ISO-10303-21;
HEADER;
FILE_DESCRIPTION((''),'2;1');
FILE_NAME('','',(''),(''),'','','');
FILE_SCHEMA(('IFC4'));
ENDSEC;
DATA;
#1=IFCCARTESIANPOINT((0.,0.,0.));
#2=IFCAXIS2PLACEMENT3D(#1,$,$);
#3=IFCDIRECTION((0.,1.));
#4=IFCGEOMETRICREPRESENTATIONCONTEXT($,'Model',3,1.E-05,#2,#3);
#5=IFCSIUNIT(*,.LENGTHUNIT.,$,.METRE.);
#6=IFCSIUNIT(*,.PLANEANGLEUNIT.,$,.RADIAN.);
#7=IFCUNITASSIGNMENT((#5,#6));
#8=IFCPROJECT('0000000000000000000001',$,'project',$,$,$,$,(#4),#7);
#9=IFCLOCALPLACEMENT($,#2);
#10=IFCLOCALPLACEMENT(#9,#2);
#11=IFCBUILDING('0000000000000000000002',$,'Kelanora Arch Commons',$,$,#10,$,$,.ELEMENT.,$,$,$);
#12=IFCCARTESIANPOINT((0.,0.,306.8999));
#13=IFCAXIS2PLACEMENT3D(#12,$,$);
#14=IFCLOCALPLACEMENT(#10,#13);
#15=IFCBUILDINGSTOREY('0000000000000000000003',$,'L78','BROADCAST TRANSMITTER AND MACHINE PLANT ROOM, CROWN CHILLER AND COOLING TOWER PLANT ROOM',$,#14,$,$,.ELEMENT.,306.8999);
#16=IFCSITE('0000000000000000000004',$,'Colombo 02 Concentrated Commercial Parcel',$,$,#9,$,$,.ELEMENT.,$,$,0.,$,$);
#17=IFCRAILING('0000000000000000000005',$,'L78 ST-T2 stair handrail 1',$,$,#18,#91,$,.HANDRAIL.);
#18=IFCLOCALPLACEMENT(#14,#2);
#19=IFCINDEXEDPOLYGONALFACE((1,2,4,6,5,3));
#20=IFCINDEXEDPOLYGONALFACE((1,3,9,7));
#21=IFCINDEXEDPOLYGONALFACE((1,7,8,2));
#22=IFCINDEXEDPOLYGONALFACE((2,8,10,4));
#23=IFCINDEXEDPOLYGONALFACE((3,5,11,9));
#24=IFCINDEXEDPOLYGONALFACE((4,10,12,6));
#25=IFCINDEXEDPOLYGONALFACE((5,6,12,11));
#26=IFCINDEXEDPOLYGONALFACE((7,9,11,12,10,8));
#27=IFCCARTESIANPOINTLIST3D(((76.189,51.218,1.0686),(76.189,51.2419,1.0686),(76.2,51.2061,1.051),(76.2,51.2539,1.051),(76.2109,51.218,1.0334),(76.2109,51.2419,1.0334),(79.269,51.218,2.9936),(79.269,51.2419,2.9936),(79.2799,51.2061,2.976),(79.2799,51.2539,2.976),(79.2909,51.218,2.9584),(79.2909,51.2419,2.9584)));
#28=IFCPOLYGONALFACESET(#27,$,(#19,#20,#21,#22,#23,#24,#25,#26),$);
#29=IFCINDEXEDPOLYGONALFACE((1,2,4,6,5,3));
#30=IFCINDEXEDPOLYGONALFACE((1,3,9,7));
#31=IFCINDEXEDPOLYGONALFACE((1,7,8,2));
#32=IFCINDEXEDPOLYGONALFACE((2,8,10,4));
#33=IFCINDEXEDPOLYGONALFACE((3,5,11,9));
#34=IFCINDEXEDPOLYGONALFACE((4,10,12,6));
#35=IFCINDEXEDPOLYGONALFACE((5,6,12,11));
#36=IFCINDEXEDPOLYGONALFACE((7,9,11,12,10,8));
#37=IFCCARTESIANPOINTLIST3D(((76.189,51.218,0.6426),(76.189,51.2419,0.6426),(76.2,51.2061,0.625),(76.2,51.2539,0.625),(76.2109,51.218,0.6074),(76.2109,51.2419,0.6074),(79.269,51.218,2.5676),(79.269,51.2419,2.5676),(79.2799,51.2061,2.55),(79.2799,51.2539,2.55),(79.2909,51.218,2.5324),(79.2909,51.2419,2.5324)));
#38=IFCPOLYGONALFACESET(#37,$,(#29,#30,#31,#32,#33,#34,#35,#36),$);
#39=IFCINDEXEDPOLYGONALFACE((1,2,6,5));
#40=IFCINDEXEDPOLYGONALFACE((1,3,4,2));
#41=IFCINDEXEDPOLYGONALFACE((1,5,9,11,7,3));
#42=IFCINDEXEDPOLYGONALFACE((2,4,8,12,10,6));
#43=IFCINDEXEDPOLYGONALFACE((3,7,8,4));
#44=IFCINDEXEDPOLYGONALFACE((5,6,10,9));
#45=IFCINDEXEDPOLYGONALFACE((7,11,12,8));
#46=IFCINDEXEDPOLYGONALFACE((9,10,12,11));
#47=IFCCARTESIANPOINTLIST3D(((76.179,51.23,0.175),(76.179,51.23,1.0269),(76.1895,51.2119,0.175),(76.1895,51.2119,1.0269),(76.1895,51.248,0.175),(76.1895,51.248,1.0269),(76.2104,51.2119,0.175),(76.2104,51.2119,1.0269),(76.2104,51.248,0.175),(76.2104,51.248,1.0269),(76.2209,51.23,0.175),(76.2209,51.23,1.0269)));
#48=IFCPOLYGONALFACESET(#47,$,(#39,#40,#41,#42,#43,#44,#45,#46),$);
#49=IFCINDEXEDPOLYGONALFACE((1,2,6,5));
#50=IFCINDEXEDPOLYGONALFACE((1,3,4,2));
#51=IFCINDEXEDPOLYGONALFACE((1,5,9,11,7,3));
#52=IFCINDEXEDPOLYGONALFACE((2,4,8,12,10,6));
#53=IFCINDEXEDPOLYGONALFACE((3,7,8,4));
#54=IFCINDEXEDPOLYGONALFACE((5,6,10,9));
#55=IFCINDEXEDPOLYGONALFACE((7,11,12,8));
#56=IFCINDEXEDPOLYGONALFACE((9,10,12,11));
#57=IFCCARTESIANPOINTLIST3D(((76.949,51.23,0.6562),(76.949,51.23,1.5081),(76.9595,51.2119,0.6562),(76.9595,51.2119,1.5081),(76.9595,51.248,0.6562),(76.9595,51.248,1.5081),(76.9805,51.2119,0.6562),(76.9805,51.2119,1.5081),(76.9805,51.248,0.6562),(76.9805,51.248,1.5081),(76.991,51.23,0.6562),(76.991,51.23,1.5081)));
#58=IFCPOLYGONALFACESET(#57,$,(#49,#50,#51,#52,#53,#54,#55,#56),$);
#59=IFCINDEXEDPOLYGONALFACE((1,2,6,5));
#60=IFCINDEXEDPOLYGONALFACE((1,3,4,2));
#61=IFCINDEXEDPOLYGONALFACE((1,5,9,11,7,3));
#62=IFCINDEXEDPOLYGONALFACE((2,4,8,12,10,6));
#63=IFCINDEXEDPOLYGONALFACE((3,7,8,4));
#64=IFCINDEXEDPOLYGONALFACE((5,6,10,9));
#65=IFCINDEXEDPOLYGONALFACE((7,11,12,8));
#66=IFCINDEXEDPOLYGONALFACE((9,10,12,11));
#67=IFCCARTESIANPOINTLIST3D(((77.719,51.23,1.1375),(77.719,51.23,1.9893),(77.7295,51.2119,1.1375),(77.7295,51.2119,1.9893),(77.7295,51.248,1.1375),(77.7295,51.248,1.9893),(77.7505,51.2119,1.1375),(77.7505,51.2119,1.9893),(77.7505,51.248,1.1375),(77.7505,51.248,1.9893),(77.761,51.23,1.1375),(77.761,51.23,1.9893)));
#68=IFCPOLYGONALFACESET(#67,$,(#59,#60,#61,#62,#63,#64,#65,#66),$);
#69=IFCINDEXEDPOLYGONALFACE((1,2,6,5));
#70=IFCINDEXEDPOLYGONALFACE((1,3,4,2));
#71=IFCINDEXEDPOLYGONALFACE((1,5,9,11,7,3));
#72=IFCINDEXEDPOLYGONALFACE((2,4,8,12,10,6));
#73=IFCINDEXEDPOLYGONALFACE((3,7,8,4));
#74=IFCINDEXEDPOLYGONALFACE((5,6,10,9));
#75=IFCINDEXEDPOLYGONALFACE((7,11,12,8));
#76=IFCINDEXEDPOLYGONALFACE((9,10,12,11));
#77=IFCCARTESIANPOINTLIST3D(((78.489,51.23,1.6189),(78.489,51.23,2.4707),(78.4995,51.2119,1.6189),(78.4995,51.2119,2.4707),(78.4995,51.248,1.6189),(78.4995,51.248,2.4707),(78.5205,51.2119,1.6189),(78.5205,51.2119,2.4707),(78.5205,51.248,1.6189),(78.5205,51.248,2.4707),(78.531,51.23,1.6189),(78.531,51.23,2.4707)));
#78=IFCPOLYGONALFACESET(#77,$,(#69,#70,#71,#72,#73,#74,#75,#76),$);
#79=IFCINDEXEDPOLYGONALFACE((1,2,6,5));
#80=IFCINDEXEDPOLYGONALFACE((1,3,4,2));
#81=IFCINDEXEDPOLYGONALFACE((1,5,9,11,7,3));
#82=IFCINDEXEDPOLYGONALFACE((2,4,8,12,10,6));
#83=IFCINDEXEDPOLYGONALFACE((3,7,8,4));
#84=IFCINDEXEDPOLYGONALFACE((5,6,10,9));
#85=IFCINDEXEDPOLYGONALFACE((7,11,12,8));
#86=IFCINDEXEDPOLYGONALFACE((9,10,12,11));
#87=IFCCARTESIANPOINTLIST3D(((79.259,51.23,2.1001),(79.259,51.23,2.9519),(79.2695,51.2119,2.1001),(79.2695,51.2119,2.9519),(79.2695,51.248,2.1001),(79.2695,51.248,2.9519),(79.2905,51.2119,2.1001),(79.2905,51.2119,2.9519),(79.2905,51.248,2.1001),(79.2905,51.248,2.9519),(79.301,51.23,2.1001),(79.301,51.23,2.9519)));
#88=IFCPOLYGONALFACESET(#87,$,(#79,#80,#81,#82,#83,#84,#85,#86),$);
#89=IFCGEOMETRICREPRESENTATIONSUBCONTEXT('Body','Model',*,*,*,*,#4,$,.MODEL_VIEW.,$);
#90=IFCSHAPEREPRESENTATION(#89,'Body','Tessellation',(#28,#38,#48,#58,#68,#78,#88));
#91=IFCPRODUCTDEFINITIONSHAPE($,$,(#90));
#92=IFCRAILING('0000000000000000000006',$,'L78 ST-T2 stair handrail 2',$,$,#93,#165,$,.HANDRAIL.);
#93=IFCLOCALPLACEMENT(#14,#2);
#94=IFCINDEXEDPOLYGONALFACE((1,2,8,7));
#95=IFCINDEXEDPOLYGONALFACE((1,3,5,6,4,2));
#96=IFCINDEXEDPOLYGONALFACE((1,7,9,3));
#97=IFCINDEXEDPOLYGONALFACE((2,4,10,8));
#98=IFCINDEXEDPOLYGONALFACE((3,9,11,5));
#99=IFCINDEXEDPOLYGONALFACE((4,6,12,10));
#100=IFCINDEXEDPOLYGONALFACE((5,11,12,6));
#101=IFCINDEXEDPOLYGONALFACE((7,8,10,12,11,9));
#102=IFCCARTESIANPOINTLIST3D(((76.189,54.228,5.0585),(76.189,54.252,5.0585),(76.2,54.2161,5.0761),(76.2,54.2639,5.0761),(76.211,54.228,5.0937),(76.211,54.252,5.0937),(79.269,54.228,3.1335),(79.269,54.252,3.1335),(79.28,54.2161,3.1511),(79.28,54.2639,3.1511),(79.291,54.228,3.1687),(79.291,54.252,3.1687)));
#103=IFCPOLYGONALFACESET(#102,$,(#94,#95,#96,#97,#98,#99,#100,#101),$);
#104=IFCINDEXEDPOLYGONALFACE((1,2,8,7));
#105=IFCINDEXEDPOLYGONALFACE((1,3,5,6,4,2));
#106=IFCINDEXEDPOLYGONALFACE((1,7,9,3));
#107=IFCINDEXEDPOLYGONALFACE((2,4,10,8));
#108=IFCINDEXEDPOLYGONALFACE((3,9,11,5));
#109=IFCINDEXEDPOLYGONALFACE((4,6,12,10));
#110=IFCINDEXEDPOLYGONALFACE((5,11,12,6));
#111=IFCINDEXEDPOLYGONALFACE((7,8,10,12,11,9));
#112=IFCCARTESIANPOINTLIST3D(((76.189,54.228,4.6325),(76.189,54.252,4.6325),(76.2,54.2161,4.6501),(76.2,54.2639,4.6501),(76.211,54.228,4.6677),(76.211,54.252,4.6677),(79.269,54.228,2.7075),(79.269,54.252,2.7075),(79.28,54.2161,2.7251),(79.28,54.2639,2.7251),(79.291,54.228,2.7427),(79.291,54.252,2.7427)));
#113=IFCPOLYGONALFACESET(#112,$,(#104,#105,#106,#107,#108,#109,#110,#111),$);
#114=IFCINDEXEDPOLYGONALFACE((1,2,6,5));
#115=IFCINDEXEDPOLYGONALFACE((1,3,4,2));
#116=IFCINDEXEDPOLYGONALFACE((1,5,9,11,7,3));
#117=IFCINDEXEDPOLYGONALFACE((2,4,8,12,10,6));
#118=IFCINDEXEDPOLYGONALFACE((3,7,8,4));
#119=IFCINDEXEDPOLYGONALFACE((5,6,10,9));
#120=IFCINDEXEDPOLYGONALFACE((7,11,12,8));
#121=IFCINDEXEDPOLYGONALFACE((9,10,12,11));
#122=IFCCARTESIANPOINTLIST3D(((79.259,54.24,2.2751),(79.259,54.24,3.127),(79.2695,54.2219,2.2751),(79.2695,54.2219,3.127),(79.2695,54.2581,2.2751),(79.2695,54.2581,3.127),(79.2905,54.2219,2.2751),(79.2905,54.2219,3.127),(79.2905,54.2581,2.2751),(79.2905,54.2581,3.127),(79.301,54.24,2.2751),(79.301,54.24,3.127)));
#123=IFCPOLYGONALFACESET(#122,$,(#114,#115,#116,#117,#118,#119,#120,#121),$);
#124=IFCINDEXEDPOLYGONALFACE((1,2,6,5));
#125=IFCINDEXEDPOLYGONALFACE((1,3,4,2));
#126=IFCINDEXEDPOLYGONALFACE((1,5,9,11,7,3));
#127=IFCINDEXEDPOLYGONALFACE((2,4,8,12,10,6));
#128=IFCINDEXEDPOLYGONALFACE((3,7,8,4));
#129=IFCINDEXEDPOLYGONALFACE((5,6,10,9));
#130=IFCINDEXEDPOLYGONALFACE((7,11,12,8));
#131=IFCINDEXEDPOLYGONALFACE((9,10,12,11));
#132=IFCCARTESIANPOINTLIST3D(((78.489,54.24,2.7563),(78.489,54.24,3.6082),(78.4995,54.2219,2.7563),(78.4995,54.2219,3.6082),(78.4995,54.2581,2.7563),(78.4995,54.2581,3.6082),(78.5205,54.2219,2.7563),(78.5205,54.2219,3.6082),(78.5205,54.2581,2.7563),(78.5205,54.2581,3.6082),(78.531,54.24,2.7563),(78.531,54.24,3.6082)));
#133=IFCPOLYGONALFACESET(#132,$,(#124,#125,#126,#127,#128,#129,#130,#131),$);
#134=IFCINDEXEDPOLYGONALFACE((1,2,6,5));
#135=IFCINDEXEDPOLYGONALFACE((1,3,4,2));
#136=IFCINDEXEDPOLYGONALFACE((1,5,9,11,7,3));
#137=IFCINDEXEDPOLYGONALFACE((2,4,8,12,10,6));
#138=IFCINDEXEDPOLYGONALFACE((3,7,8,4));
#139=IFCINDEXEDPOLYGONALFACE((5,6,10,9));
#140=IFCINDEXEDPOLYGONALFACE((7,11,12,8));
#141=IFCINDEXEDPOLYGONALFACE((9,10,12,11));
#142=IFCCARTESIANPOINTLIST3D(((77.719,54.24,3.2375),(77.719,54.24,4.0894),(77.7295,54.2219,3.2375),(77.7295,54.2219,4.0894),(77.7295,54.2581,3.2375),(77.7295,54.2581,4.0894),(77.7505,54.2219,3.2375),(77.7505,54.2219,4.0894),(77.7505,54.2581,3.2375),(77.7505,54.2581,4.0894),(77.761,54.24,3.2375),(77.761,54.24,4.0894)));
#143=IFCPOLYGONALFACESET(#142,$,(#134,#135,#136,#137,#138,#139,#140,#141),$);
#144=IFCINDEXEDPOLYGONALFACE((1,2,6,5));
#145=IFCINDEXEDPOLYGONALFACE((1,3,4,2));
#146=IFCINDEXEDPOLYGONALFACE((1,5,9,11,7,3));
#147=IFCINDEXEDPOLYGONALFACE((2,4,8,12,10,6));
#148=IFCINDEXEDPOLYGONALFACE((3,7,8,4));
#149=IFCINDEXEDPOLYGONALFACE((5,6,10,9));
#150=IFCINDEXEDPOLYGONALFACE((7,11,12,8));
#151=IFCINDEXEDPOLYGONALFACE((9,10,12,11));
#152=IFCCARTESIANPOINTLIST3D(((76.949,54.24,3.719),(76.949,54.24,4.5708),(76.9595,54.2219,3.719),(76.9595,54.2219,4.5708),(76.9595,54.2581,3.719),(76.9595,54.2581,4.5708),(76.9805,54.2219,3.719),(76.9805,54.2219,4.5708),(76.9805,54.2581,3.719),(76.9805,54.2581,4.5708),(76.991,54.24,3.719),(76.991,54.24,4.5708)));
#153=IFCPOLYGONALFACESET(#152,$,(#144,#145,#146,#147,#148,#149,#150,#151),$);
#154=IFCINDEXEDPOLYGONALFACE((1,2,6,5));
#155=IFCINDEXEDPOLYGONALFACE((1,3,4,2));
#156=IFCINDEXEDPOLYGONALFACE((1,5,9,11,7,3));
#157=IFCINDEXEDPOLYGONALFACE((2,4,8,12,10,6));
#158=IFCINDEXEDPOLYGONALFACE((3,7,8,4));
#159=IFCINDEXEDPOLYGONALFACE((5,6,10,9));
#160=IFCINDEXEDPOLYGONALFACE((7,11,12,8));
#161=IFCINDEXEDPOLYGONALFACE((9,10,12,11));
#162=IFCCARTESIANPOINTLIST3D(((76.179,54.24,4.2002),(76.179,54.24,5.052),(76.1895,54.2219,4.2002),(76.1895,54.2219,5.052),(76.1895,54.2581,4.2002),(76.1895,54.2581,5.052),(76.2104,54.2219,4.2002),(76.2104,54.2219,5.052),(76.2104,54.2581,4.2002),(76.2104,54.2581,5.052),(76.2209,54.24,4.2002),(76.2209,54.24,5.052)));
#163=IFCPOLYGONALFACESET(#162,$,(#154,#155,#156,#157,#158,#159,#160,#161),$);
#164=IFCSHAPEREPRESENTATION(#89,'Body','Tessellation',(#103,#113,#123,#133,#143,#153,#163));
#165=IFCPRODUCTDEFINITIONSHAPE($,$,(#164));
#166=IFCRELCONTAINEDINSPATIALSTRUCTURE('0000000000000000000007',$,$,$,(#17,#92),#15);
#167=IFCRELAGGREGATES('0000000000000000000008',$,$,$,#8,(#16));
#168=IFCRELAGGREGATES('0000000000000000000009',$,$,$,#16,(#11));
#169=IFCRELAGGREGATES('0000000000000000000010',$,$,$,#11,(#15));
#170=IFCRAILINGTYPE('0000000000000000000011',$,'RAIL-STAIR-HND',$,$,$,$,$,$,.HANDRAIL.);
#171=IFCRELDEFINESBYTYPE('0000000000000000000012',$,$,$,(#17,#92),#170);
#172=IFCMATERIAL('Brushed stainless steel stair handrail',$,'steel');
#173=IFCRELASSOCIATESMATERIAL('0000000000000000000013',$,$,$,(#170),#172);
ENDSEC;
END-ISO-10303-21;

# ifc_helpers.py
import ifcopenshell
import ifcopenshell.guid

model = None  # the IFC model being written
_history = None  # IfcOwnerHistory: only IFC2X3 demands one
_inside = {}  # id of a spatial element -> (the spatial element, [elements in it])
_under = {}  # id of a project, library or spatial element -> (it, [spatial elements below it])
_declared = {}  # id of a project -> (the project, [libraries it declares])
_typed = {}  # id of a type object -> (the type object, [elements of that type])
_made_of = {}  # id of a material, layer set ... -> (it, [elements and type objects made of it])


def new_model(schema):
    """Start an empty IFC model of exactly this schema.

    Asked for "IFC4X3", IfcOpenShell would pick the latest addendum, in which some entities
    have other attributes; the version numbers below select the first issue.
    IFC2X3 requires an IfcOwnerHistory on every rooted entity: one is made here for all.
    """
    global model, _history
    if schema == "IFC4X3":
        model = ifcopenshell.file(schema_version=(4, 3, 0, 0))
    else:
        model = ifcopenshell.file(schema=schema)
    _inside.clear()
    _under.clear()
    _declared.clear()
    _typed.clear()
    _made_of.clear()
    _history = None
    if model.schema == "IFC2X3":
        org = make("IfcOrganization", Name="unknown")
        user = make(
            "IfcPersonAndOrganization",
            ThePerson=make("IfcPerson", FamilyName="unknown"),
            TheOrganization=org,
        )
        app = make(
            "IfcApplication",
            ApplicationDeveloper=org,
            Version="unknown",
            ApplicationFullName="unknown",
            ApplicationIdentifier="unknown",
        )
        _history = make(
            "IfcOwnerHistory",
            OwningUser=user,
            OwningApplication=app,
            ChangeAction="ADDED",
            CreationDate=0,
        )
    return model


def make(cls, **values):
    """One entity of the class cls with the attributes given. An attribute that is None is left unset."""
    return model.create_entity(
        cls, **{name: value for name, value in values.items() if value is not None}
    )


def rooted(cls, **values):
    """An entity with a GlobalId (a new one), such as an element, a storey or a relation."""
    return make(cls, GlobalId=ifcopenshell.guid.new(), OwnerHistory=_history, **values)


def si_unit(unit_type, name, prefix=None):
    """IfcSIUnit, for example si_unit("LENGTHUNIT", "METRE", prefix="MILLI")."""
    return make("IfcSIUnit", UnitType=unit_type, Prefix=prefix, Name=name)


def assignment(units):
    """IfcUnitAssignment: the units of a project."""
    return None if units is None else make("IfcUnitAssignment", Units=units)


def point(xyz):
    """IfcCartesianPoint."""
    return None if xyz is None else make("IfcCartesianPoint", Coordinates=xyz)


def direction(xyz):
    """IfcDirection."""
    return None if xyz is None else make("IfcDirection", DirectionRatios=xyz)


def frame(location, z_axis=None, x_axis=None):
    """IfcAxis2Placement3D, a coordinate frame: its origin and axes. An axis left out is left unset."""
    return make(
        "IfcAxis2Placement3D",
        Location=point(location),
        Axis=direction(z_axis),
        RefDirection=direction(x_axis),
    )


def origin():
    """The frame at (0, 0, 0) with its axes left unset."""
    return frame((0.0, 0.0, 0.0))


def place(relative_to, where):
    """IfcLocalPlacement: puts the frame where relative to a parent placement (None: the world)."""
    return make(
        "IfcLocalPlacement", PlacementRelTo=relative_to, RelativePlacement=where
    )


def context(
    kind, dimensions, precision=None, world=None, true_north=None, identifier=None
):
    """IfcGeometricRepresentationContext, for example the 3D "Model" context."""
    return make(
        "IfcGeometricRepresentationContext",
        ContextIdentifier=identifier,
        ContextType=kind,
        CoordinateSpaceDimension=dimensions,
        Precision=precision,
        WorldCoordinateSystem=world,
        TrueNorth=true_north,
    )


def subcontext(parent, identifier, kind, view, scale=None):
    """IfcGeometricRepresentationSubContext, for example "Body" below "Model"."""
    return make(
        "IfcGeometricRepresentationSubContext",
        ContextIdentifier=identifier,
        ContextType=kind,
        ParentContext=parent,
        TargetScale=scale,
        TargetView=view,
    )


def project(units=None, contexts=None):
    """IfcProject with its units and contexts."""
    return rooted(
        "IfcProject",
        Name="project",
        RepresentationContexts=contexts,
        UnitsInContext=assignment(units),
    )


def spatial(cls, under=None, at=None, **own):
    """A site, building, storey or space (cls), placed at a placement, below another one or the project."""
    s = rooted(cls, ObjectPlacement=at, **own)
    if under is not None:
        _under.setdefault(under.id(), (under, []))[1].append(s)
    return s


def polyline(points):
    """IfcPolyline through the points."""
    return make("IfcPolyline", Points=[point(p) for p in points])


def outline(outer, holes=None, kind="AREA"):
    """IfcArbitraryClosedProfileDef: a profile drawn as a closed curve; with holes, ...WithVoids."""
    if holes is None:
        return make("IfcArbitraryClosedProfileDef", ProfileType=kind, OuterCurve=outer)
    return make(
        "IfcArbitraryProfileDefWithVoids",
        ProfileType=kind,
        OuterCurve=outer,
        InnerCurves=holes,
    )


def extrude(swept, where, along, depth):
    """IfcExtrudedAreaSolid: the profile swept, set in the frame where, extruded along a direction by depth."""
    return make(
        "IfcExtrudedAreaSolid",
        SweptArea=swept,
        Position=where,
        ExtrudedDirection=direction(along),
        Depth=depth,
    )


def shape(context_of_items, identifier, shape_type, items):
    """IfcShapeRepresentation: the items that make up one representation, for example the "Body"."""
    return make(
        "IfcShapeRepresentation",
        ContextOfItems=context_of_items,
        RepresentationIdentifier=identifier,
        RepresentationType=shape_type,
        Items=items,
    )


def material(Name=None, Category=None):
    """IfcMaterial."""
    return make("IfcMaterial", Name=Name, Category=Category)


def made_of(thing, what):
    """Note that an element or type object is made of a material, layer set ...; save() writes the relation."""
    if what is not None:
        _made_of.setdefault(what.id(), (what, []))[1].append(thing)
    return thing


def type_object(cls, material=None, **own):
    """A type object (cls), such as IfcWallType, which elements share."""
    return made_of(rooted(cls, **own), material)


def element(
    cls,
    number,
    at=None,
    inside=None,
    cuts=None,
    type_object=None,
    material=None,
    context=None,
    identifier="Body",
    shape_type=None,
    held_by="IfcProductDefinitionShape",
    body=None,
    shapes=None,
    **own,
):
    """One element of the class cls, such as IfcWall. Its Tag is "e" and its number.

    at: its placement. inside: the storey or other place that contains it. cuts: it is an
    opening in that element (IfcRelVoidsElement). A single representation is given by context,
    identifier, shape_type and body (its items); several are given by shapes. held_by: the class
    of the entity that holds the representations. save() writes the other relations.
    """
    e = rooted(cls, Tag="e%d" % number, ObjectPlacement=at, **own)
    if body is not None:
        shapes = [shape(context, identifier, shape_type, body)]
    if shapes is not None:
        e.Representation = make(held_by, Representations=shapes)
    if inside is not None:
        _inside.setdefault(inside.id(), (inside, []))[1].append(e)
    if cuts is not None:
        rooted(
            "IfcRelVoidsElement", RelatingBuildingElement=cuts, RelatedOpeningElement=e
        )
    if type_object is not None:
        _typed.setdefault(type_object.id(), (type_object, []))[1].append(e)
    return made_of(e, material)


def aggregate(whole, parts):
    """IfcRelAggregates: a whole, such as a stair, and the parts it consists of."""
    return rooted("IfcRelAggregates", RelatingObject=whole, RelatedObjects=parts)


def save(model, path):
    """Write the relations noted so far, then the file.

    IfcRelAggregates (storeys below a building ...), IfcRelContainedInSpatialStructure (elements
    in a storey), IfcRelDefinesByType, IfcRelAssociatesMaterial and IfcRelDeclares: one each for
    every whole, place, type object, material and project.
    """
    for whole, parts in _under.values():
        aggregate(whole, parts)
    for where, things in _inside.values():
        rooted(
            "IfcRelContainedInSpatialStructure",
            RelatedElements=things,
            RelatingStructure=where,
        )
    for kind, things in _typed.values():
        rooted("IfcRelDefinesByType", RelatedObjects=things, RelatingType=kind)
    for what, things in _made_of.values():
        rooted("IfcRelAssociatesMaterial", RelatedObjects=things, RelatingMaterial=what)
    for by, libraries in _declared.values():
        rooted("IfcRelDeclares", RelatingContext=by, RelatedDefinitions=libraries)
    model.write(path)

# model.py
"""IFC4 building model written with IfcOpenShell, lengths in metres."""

from ifc_helpers import new_model, si_unit, direction, frame, origin, place, context, subcontext, project, spatial, polyline, outline, extrude, material, type_object, element, save


model = new_model("IFC4")

# Units and contexts
model_context = context("Model", 3, precision=1e-05, world=origin(), true_north=direction((0.0, 1.0)))
body_context = subcontext(model_context, "Body", "Model", "MODEL_VIEW")
ifc_project = project(units=[si_unit("LENGTHUNIT", "METRE"), si_unit("PLANEANGLEUNIT", "RADIAN")], contexts=[model_context])

# Site, building, storey
site_placement = place(None, origin())
site = spatial("IfcSite", under=ifc_project, at=site_placement, Name="Colombo 02 Concentrated Commercial Parcel", CompositionType="ELEMENT", RefElevation=0.0)
building_placement = place(site_placement, origin())
building = spatial("IfcBuilding", under=site, at=building_placement, Name="Kelanora Arch Commons", CompositionType="ELEMENT")
storey_placement = place(building_placement, frame((0.0, 0.0, 306.8999)))
storey = spatial("IfcBuildingStorey", under=building, at=storey_placement, Name="L78", Description="BROADCAST TRANSMITTER AND MACHINE PLANT ROOM, CROWN CHILLER AND COOLING TOWER PLANT ROOM", CompositionType="ELEMENT", Elevation=306.8999)

# Railings
ifc_material_1 = material(Name="Brushed stainless steel stair handrail", Category="steel")
railing_type_1 = type_object("IfcRailingType", Name="RAIL-STAIR-HND", PredefinedType="HANDRAIL", material=ifc_material_1)
railing_1_placement = place(storey_placement, frame((76.2, 51.23, 0.175)))
element("IfcRailing", 1, at=railing_1_placement, inside=storey, type_object=railing_type_1, Name="L78 ST-T2 stair handrail 1", PredefinedType="HANDRAIL", context=body_context, shape_type="SweptSolid", body=[
    extrude(outline(polyline([(0.0239, 0.0), (0.012, 0.0208), (-0.012, 0.0208), (-0.0239, 0.0), (-0.012, -0.0208), (0.012, -0.0208), (0.0239, 0.0)])), frame((0.0, 0.0, 0.876), z_axis=(0.847998, 0.0, 0.529999), x_axis=(0.0, 1.0, 0.0)), (0.0, 0.0, 1.0), 3.6321),
    extrude(outline(polyline([(0.0239, 0.0), (0.012, 0.0208), (-0.012, 0.0208), (-0.0239, 0.0), (-0.012, -0.0208), (0.012, -0.0208), (0.0239, 0.0)])), frame((0.0, 0.0, 0.45), z_axis=(0.847998, 0.0, 0.529999), x_axis=(0.0, 1.0, 0.0)), (0.0, 0.0, 1.0), 3.6321),
    extrude(outline(polyline([(0.021, 0.0), (0.0105, 0.0181), (-0.0105, 0.0181), (-0.021, 0.0), (-0.0105, -0.0181), (0.0105, -0.0181), (0.021, 0.0)])), origin(), (0.0, 0.0, 1.0), 0.8518),
    extrude(outline(polyline([(0.021, 0.0), (0.0105, 0.0181), (-0.0105, 0.0181), (-0.021, 0.0), (-0.0105, -0.0181), (0.0105, -0.0181), (0.021, 0.0)])), frame((0.77, 0.0, 0.4812)), (0.0, 0.0, 1.0), 0.8518),
    extrude(outline(polyline([(0.021, 0.0), (0.0105, 0.0181), (-0.0105, 0.0181), (-0.021, 0.0), (-0.0105, -0.0181), (0.0105, -0.0181), (0.021, 0.0)])), frame((1.54, 0.0, 0.9624)), (0.0, 0.0, 1.0), 0.8518),
    extrude(outline(polyline([(0.021, 0.0), (0.0105, 0.0181), (-0.0105, 0.0181), (-0.021, 0.0), (-0.0105, -0.0181), (0.0105, -0.0181), (0.021, 0.0)])), frame((2.3101, 0.0, 1.4438)), (0.0, 0.0, 1.0), 0.8518),
    extrude(outline(polyline([(0.021, 0.0), (0.0105, 0.0181), (-0.0105, 0.0181), (-0.021, 0.0), (-0.0105, -0.0181), (0.0105, -0.0181), (0.021, 0.0)])), frame((3.0801, 0.0, 1.925)), (0.0, 0.0, 1.0), 0.8518),
])
railing_2_placement = place(storey_placement, frame((79.28, 54.24, 2.2751)))
element("IfcRailing", 2, at=railing_2_placement, inside=storey, type_object=railing_type_1, Name="L78 ST-T2 stair handrail 2", PredefinedType="HANDRAIL", context=body_context, shape_type="SweptSolid", body=[
    extrude(outline(polyline([(0.0239, 0.0), (0.012, 0.0208), (-0.012, 0.0208), (-0.0239, 0.0), (-0.012, -0.0208), (0.012, -0.0208), (0.0239, 0.0)])), frame((0.0, 0.0, 0.876), z_axis=(-0.847998, 0.0, 0.529999), x_axis=(0.0, -1.0, 0.0)), (0.0, 0.0, 1.0), 3.6321),
    extrude(outline(polyline([(0.0239, 0.0), (0.012, 0.0208), (-0.012, 0.0208), (-0.0239, 0.0), (-0.012, -0.0208), (0.012, -0.0208), (0.0239, 0.0)])), frame((0.0, 0.0, 0.45), z_axis=(-0.847998, 0.0, 0.529999), x_axis=(0.0, -1.0, 0.0)), (0.0, 0.0, 1.0), 3.6321),
    extrude(outline(polyline([(0.021, 0.0), (0.0105, 0.0181), (-0.0105, 0.0181), (-0.021, 0.0), (-0.0105, -0.0181), (0.0105, -0.0181), (0.021, 0.0)])), origin(), (0.0, 0.0, 1.0), 0.8518),
    extrude(outline(polyline([(0.021, 0.0), (0.0105, 0.0181), (-0.0105, 0.0181), (-0.021, 0.0), (-0.0105, -0.0181), (0.0105, -0.0181), (0.021, 0.0)])), frame((-0.77, 0.0, 0.4812)), (0.0, 0.0, 1.0), 0.8518),
    extrude(outline(polyline([(0.021, 0.0), (0.0105, 0.0181), (-0.0105, 0.0181), (-0.021, 0.0), (-0.0105, -0.0181), (0.0105, -0.0181), (0.021, 0.0)])), frame((-1.54, 0.0, 0.9624)), (0.0, 0.0, 1.0), 0.8518),
    extrude(outline(polyline([(0.021, 0.0), (0.0105, 0.0181), (-0.0105, 0.0181), (-0.021, 0.0), (-0.0105, -0.0181), (0.0105, -0.0181), (0.021, 0.0)])), frame((-2.3101, 0.0, 1.4438)), (0.0, 0.0, 1.0), 0.8518),
    extrude(outline(polyline([(0.021, 0.0), (0.0105, 0.0181), (-0.0105, 0.0181), (-0.021, 0.0), (-0.0105, -0.0181), (0.0105, -0.0181), (0.021, 0.0)])), frame((-3.0801, 0.0, 1.925)), (0.0, 0.0, 1.0), 0.8518),
])

save(model, "model.ifc")
